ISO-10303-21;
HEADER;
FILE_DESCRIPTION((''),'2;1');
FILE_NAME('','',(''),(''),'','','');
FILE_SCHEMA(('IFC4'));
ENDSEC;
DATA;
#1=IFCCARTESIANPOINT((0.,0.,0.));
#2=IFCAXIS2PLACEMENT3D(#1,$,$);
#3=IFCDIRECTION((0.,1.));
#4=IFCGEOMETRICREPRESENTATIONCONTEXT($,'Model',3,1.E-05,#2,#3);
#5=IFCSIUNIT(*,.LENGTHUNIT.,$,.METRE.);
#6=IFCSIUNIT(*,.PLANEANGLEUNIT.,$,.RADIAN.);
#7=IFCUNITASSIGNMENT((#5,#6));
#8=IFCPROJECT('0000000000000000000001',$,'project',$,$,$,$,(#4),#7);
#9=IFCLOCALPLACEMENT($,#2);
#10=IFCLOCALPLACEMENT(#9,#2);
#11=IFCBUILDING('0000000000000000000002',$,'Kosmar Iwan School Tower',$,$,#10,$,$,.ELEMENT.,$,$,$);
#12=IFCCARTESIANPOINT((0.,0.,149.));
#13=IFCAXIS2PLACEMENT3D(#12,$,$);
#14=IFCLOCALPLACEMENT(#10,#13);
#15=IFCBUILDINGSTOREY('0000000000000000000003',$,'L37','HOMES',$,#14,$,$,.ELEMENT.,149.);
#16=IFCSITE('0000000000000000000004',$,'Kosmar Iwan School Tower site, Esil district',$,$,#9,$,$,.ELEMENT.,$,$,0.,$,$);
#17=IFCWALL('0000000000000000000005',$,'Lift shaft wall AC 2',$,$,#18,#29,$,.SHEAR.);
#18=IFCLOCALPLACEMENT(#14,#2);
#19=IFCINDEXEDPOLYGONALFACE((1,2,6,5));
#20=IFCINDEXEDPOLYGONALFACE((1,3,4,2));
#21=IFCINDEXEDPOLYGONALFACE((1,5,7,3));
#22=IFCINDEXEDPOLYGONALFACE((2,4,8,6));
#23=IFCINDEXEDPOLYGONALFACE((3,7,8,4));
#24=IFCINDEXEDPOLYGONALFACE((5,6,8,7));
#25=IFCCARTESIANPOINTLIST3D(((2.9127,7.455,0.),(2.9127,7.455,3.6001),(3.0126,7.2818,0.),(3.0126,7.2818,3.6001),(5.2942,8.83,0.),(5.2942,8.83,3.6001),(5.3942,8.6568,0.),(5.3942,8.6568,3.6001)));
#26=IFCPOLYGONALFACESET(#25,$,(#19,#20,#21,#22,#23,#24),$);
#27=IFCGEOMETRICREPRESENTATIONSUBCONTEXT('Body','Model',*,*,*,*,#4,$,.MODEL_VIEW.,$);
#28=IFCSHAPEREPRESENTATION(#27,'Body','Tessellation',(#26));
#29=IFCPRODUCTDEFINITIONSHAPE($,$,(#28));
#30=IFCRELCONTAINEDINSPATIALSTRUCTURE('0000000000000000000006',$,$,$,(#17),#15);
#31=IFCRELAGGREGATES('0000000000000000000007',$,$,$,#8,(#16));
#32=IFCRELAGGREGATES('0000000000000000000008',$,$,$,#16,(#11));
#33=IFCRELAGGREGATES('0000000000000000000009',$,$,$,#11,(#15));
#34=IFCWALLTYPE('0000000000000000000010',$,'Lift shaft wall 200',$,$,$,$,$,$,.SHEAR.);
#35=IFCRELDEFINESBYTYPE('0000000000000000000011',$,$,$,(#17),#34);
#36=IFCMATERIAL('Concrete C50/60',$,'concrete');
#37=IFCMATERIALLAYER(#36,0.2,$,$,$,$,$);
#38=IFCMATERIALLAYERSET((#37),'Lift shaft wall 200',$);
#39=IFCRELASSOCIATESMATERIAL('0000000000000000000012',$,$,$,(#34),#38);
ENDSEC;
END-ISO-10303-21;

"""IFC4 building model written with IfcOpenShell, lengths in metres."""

from ifc_helpers import new_model, si_unit, direction, frame, frame_2d, origin, place, context, subcontext, project, spatial, rectangle, extrude, material, layer, layer_set, type_object, element, save


model = new_model("IFC4")

# Units and contexts
model_context = context("Model", 3, precision=1e-05, world=origin(), true_north=direction((0.0, 1.0)))
body_context = subcontext(model_context, "Body", "Model", "MODEL_VIEW")
ifc_project = project(units=[si_unit("LENGTHUNIT", "METRE"), si_unit("PLANEANGLEUNIT", "RADIAN")], contexts=[model_context])

# Site, building, storey
site_placement = place(None, origin())
site = spatial("IfcSite", under=ifc_project, at=site_placement, Name="Kosmar Iwan School Tower site, Esil district", CompositionType="ELEMENT", RefElevation=0.0)
building_placement = place(site_placement, origin())
building = spatial("IfcBuilding", under=site, at=building_placement, Name="Kosmar Iwan School Tower", CompositionType="ELEMENT")
storey_placement = place(building_placement, frame((0.0, 0.0, 149.0)))
storey = spatial("IfcBuildingStorey", under=building, at=storey_placement, Name="L37", Description="HOMES", CompositionType="ELEMENT", Elevation=149.0)

# Wall
ifc_material_1 = material(Name="Concrete C50/60", Category="concrete")
ifc_layer_1 = layer(ifc_material_1, 0.2)
ifc_layer_set_1 = layer_set([ifc_layer_1], Name="Lift shaft wall 200")
wall_type_1 = type_object("IfcWallType", Name="Lift shaft wall 200", PredefinedType="SHEAR", material=ifc_layer_set_1)
wall_1_placement = place(storey_placement, frame((2.9626, 7.3684, 0.0), z_axis=(0.0, 0.0, 1.0), x_axis=(0.866027, 0.499997, 0.0)))
element("IfcWall", 1, at=wall_1_placement, inside=storey, type_object=wall_type_1, Name="Lift shaft wall AC 2", PredefinedType="SHEAR", context=body_context, shape_type="SweptSolid", body=[
    extrude(rectangle(XDim=2.75, YDim=0.2, at=frame_2d((1.375, 0.0))), origin(), (0.0, 0.0, 1.0), 3.6001),
])

save(model, "model.ifc")
